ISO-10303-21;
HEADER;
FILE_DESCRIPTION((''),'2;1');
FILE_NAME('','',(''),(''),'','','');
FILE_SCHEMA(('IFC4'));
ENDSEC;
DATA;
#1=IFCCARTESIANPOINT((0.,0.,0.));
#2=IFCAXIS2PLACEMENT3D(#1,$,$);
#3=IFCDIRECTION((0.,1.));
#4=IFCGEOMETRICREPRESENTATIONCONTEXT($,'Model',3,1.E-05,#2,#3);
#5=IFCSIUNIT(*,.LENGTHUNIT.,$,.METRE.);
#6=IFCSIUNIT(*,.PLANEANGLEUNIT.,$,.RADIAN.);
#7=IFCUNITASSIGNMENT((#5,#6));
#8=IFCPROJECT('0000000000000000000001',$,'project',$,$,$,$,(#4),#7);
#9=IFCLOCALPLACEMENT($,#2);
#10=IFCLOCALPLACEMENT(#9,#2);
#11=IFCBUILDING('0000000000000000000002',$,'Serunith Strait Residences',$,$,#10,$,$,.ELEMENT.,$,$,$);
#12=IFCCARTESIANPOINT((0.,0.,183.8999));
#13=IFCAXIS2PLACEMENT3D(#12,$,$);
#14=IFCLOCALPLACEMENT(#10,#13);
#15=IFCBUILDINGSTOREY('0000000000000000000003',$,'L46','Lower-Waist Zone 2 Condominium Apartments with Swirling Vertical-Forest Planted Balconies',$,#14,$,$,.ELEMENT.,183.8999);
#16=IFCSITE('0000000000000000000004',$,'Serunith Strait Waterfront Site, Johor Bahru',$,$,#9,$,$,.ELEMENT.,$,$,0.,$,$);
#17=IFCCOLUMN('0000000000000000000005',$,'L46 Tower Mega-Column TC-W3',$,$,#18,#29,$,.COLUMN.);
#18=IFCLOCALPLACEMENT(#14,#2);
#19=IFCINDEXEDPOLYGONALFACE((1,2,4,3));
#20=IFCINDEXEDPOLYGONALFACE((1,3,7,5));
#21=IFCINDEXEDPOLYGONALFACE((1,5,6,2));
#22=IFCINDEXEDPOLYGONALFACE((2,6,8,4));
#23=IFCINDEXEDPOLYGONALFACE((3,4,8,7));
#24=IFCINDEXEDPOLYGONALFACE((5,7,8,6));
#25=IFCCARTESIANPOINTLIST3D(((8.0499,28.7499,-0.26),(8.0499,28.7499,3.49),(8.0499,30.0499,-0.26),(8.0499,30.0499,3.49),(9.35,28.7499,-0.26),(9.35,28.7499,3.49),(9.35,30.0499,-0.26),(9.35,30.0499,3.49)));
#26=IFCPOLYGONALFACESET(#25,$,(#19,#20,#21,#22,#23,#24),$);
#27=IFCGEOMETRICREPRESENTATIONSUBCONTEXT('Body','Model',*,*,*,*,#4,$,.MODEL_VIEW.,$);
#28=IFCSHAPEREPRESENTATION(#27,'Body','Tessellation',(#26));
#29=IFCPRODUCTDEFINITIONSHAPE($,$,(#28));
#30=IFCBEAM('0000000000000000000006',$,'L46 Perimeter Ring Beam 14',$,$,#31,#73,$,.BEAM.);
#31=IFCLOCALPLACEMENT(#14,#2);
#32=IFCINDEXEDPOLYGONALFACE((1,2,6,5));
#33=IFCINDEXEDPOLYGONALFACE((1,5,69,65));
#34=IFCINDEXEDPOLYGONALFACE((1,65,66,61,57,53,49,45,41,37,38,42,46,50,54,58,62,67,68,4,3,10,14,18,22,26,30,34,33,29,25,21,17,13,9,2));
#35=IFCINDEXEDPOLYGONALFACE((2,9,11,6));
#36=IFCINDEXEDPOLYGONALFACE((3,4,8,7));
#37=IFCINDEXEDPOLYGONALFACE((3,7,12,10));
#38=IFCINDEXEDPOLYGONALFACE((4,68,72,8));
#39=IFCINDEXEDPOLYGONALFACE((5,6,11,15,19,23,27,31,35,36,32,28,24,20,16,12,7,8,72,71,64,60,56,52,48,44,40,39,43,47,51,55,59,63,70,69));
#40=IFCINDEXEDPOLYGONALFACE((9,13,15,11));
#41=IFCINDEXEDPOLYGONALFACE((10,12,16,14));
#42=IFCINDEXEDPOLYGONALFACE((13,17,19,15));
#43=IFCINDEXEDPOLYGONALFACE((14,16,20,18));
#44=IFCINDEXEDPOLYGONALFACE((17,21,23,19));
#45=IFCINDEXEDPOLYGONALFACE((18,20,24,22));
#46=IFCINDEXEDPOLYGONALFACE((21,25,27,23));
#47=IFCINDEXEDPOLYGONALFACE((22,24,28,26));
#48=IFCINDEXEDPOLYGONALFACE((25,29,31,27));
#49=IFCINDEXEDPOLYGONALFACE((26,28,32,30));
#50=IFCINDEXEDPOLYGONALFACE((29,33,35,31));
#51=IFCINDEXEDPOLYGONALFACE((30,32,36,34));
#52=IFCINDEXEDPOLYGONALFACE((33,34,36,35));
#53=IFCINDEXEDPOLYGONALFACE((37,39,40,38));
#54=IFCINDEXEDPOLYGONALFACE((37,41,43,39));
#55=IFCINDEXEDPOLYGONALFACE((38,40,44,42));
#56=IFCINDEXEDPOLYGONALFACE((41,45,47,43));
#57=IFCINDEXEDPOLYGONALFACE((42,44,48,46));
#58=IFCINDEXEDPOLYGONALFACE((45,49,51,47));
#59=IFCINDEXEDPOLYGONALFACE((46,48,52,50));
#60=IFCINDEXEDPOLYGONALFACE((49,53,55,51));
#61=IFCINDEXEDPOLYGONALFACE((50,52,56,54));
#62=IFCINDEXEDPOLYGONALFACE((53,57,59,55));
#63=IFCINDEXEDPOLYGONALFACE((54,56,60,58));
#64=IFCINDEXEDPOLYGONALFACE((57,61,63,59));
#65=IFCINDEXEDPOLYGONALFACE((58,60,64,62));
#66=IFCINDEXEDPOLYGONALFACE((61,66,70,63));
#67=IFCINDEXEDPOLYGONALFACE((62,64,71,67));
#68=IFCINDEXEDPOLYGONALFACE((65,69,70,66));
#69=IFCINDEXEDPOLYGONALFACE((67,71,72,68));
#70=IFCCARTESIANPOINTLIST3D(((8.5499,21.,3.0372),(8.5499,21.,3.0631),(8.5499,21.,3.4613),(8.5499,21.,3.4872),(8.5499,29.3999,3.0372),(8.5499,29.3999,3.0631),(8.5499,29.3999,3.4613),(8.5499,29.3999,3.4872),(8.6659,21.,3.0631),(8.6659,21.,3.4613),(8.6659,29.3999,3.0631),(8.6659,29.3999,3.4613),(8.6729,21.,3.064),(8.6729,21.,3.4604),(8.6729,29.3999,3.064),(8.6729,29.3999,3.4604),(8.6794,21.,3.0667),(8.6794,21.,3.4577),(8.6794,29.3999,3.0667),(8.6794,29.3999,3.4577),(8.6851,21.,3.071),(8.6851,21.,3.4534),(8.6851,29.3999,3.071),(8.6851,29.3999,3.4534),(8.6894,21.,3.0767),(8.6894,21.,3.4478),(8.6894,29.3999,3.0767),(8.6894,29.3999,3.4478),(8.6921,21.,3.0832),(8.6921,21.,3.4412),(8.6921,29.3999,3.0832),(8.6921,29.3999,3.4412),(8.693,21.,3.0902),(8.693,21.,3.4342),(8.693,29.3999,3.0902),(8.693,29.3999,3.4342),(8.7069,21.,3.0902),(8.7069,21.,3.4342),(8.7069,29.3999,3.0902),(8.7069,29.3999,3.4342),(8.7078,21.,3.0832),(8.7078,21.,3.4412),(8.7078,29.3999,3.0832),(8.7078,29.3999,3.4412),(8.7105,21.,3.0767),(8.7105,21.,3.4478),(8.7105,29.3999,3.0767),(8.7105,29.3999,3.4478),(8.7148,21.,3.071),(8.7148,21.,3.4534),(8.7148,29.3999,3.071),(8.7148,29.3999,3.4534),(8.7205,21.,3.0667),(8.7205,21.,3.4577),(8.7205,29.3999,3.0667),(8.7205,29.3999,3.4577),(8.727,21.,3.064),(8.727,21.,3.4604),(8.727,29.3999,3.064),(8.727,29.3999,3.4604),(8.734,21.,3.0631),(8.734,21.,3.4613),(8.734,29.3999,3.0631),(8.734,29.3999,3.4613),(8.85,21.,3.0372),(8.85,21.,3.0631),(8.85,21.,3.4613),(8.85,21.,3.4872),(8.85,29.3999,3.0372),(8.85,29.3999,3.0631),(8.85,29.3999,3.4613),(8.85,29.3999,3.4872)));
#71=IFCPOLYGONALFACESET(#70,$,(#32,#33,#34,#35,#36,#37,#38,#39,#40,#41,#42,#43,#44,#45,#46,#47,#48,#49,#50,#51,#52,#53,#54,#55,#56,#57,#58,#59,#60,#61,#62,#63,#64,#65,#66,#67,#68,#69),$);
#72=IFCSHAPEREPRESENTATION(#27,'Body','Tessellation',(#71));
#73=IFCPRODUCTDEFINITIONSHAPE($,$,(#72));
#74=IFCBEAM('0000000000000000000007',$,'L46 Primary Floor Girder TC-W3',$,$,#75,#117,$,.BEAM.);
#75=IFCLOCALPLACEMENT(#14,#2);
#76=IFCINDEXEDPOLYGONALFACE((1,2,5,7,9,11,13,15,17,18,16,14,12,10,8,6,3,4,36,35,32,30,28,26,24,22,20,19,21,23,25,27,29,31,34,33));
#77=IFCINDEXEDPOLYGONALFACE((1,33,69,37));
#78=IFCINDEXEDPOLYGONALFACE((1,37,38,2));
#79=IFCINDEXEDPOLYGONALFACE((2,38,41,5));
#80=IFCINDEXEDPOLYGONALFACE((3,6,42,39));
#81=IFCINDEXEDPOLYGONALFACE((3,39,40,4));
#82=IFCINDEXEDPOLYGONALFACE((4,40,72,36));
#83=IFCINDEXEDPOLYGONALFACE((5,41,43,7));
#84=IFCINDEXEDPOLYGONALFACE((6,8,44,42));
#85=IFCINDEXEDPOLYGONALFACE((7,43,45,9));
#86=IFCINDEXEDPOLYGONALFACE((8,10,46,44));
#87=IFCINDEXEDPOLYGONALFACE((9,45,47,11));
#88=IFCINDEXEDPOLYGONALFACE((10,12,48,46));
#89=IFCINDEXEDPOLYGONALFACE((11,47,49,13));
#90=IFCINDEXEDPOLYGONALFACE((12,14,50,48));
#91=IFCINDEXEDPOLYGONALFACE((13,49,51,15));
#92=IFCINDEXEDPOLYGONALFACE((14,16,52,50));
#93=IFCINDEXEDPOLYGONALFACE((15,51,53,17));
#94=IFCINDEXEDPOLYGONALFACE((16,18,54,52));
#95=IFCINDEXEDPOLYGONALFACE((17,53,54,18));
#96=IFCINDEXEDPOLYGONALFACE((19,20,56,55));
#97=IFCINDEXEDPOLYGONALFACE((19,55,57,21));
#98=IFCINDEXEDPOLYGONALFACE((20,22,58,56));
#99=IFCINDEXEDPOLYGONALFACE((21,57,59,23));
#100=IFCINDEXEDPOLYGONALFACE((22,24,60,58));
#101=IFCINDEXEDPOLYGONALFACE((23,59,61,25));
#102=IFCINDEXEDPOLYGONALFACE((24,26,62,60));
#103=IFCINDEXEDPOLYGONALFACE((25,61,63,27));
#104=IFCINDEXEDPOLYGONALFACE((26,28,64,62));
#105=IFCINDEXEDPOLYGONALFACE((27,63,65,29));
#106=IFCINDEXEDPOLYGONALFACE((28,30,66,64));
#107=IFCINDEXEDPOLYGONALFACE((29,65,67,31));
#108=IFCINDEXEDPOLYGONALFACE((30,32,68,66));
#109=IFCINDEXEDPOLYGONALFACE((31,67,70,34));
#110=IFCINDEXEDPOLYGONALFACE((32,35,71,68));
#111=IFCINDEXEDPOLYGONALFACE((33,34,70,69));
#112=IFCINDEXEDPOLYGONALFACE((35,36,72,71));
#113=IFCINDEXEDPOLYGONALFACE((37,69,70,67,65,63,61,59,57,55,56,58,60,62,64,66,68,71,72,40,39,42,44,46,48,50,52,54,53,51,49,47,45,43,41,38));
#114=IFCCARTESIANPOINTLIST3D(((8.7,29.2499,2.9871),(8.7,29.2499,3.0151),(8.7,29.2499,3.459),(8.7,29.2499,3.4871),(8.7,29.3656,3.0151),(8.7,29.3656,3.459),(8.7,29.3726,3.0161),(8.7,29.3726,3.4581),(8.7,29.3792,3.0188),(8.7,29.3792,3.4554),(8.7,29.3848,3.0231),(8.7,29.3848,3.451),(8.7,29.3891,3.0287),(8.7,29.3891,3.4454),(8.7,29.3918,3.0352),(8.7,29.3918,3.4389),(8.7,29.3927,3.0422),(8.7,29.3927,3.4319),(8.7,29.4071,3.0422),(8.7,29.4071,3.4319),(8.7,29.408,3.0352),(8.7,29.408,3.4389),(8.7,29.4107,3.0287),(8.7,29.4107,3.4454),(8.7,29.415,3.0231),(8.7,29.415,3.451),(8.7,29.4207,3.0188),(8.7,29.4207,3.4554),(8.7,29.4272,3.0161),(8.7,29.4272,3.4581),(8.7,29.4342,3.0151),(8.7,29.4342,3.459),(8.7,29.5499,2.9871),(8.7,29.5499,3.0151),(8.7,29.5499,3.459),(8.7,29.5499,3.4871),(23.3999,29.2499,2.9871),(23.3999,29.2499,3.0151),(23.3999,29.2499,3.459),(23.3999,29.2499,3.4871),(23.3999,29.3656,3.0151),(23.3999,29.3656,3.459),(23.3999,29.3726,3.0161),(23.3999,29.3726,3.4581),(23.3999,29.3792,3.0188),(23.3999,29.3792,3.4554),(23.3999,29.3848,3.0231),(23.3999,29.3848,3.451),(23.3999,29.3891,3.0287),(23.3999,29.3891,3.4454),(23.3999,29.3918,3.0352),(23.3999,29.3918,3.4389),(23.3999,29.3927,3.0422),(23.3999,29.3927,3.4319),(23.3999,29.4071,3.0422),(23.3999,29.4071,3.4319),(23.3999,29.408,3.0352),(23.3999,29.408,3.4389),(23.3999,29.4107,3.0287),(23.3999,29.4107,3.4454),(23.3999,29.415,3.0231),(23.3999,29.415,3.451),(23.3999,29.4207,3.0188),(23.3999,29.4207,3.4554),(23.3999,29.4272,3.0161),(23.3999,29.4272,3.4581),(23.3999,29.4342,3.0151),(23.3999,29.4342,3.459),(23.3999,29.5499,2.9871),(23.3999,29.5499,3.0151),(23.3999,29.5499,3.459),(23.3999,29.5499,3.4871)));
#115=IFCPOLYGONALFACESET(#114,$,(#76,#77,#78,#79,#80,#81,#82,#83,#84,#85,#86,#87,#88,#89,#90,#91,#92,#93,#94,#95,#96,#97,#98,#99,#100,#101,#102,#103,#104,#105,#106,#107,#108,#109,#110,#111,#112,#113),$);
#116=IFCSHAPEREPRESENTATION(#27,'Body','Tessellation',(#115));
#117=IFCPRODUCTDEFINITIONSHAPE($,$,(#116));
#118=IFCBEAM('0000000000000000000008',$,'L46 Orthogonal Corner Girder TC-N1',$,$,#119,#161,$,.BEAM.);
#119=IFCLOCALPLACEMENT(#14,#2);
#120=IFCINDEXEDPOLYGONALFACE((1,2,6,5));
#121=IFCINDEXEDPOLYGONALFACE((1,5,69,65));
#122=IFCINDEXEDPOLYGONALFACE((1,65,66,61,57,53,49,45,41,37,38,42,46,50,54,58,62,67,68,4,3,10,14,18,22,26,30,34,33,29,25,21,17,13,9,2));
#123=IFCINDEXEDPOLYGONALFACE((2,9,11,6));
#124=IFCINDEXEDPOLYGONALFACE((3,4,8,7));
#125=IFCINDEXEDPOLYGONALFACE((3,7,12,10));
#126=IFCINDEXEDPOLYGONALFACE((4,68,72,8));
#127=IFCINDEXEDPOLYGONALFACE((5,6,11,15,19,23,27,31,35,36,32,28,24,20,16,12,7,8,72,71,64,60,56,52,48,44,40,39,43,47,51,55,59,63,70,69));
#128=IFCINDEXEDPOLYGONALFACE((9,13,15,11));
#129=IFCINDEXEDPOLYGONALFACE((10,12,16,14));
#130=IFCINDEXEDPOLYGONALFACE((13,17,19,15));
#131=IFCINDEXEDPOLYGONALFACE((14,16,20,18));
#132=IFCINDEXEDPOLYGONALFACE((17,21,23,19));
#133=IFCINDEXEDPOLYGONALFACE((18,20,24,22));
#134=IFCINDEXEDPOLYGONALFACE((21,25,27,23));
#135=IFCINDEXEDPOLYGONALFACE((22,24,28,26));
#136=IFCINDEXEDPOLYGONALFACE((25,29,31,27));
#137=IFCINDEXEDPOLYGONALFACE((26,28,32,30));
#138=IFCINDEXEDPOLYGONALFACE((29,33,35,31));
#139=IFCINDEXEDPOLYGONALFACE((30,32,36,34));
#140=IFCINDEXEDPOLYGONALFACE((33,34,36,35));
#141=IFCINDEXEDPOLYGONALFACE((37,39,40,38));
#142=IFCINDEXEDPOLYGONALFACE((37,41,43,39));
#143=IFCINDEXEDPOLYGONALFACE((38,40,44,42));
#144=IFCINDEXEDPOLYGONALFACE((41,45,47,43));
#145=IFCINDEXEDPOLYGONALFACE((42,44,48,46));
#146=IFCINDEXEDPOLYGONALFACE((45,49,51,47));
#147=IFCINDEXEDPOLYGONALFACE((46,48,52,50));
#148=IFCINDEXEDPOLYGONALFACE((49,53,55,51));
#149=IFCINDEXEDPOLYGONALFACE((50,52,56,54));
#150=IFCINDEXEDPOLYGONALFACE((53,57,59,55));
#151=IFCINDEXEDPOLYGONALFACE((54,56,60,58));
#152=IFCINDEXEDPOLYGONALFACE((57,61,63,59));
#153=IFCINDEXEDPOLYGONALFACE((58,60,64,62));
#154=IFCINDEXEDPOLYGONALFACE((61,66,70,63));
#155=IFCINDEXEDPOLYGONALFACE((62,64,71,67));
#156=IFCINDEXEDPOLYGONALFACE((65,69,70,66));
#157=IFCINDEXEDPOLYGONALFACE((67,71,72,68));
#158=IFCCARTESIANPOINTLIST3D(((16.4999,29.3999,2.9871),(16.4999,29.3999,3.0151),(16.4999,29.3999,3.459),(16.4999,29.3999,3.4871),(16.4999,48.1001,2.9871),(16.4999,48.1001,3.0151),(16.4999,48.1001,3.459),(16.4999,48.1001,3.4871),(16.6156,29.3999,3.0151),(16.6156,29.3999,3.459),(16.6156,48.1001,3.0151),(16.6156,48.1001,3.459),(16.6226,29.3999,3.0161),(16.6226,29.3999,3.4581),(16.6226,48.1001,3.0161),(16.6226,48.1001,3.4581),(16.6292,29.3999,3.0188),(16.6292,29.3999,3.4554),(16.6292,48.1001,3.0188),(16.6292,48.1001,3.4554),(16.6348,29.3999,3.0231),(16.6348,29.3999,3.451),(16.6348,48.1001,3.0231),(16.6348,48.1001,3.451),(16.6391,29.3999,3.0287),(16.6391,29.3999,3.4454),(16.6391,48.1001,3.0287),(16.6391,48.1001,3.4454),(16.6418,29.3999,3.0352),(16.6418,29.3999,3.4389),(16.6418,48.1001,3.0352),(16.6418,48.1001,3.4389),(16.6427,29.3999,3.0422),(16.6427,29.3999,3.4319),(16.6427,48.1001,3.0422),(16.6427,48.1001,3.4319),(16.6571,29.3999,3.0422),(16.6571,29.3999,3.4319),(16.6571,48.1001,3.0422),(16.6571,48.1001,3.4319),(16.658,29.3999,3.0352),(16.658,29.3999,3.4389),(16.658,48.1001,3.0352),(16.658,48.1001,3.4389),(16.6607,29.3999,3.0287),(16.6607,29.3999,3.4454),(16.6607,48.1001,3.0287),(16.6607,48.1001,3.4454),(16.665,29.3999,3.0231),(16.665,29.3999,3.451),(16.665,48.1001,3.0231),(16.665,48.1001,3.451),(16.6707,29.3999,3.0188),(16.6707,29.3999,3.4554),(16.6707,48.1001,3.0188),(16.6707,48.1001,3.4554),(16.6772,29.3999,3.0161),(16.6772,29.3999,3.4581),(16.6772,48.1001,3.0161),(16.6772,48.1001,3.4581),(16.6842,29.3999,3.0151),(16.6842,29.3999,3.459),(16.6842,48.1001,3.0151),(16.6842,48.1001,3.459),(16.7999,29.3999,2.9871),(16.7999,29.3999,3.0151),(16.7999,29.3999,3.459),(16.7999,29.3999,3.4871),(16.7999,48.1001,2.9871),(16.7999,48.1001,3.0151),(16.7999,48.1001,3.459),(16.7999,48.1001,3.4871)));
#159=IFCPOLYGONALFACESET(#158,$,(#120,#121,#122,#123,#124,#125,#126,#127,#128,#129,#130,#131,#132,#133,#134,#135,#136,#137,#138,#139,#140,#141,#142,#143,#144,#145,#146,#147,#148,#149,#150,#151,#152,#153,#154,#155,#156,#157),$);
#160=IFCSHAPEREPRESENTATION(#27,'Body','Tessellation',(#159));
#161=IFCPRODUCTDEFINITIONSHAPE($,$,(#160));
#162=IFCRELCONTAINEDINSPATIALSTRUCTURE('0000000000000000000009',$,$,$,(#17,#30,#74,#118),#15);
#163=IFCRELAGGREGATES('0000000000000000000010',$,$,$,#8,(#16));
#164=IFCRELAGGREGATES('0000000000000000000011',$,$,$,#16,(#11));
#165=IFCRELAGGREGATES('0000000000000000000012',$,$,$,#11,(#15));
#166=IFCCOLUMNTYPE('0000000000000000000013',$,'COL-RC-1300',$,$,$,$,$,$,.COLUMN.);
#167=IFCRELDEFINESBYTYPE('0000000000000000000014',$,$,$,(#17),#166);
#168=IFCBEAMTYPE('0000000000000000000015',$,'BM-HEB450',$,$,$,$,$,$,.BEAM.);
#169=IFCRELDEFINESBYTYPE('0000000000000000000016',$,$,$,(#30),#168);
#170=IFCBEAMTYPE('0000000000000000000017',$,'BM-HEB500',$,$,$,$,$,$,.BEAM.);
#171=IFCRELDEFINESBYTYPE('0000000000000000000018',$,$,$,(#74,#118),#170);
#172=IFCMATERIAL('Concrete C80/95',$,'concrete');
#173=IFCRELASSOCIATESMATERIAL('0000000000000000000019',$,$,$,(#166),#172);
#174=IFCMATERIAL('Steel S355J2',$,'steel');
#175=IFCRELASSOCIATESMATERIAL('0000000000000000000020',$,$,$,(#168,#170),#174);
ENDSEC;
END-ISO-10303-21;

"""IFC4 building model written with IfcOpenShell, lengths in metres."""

from ifc_helpers import new_model, si_unit, direction, frame, origin, origin_2d, place, context, subcontext, project, spatial, rectangle, i_section, extrude, source, transform, mapped, material, material_profile, profile_set, type_object, element, save


model = new_model("IFC4")

# Units and contexts
model_context = context("Model", 3, precision=1e-05, world=origin(), true_north=direction((0.0, 1.0)))
body_context = subcontext(model_context, "Body", "Model", "MODEL_VIEW")
ifc_project = project(units=[si_unit("LENGTHUNIT", "METRE"), si_unit("PLANEANGLEUNIT", "RADIAN")], contexts=[model_context])

# Site, building, storey
site_placement = place(None, origin())
site = spatial("IfcSite", under=ifc_project, at=site_placement, Name="Serunith Strait Waterfront Site, Johor Bahru", CompositionType="ELEMENT", RefElevation=0.0)
building_placement = place(site_placement, origin())
building = spatial("IfcBuilding", under=site, at=building_placement, Name="Serunith Strait Residences", CompositionType="ELEMENT")
storey_placement = place(building_placement, frame((0.0, 0.0, 183.8999)))
storey = spatial("IfcBuildingStorey", under=building, at=storey_placement, Name="L46", Description="Lower-Waist Zone 2 Condominium Apartments with Swirling Vertical-Forest Planted Balconies", CompositionType="ELEMENT", Elevation=183.8999)

# Column
ifc_material_1 = material(Name="Concrete C80/95", Category="concrete")
ifc_material_profile_1 = material_profile(ifc_material_1, rectangle(XDim=1.3, YDim=1.3, at=origin_2d()), Name="RC 1300x1300")
ifc_profile_set_1 = profile_set([ifc_material_profile_1], Name="Concrete C80/95")
column_type = type_object("IfcColumnType", Name="COL-RC-1300", PredefinedType="COLUMN", material=ifc_profile_set_1)
shared_shape_1 = source(origin(), body_context, "Body", "SweptSolid", [
    extrude(rectangle(XDim=1.3, YDim=1.3, at=origin_2d()), origin(), (0.0, 0.0, 1.0), 3.75),
])
column_placement = place(storey_placement, frame((8.7, 29.3999, -0.26), z_axis=(0.0, 0.0, 1.0), x_axis=(1.0, 0.0, 0.0)))
element("IfcColumn", 1, at=column_placement, inside=storey, type_object=column_type, Name="L46 Tower Mega-Column TC-W3", PredefinedType="COLUMN", context=body_context, shape_type="MappedRepresentation", body=[
    mapped(shared_shape_1, transform((0.0, 0.0, 0.0), scale=1.0)),
])

# Beams
ifc_material_2 = material(Name="Steel S355J2", Category="steel")
ifc_material_profile_2 = material_profile(ifc_material_2, i_section(OverallWidth=0.3, OverallDepth=0.45, WebThickness=0.0139, FlangeThickness=0.0259, FilletRadius=0.0271, at=origin_2d()), Name="HEB 450")
ifc_profile_set_2 = profile_set([ifc_material_profile_2], Name="Steel S355J2")
beam_type_1 = type_object("IfcBeamType", Name="BM-HEB450", PredefinedType="BEAM", material=ifc_profile_set_2)
shared_shape_2 = source(origin(), body_context, "Body", "SweptSolid", [
    extrude(i_section(OverallWidth=0.3, OverallDepth=0.45, WebThickness=0.0139, FlangeThickness=0.0259, FilletRadius=0.0271, at=origin_2d()), origin(), (0.0, 0.0, 1.0), 8.3999),
])
beam_1_placement = place(storey_placement, frame((8.7, 29.3999, 3.2622), z_axis=(0.0, -1.0, 0.0), x_axis=(1.0, 0.0, 0.0)))
element("IfcBeam", 2, at=beam_1_placement, inside=storey, type_object=beam_type_1, Name="L46 Perimeter Ring Beam 14", PredefinedType="BEAM", context=body_context, shape_type="MappedRepresentation", body=[
    mapped(shared_shape_2, transform((0.0, 0.0, 0.0), scale=1.0)),
])
ifc_material_profile_3 = material_profile(ifc_material_2, i_section(OverallWidth=0.3, OverallDepth=0.5, WebThickness=0.0144, FlangeThickness=0.0281, FilletRadius=0.0271, at=origin_2d()), Name="HEB 500")
ifc_profile_set_3 = profile_set([ifc_material_profile_3], Name="Steel S355J2")
beam_type_2 = type_object("IfcBeamType", Name="BM-HEB500", PredefinedType="BEAM", material=ifc_profile_set_3)
shared_shape_3 = source(origin(), body_context, "Body", "SweptSolid", [
    extrude(i_section(OverallWidth=0.3, OverallDepth=0.5, WebThickness=0.0144, FlangeThickness=0.0281, FilletRadius=0.0271, at=origin_2d()), origin(), (0.0, 0.0, 1.0), 14.7),
])
beam_2_placement = place(storey_placement, frame((23.3999, 29.3999, 3.2371), z_axis=(-1.0, 0.0, 0.0), x_axis=(0.0, -1.0, 0.0)))
element("IfcBeam", 3, at=beam_2_placement, inside=storey, type_object=beam_type_2, Name="L46 Primary Floor Girder TC-W3", PredefinedType="BEAM", context=body_context, shape_type="MappedRepresentation", body=[
    mapped(shared_shape_3, transform((0.0, 0.0, 0.0), scale=1.0)),
])
shared_shape_4 = source(origin(), body_context, "Body", "SweptSolid", [
    extrude(i_section(OverallWidth=0.3, OverallDepth=0.5, WebThickness=0.0144, FlangeThickness=0.0281, FilletRadius=0.0271, at=origin_2d()), origin(), (0.0, 0.0, 1.0), 18.7002),
])
beam_3_placement = place(storey_placement, frame((16.6499, 29.3999, 3.2371), z_axis=(0.0, 1.0, 0.0), x_axis=(-1.0, 0.0, 0.0)))
element("IfcBeam", 4, at=beam_3_placement, inside=storey, type_object=beam_type_2, Name="L46 Orthogonal Corner Girder TC-N1", PredefinedType="BEAM", context=body_context, shape_type="MappedRepresentation", body=[
    mapped(shared_shape_4, transform((0.0, 0.0, 0.0), scale=1.0)),
])

save(model, "model.ifc")
